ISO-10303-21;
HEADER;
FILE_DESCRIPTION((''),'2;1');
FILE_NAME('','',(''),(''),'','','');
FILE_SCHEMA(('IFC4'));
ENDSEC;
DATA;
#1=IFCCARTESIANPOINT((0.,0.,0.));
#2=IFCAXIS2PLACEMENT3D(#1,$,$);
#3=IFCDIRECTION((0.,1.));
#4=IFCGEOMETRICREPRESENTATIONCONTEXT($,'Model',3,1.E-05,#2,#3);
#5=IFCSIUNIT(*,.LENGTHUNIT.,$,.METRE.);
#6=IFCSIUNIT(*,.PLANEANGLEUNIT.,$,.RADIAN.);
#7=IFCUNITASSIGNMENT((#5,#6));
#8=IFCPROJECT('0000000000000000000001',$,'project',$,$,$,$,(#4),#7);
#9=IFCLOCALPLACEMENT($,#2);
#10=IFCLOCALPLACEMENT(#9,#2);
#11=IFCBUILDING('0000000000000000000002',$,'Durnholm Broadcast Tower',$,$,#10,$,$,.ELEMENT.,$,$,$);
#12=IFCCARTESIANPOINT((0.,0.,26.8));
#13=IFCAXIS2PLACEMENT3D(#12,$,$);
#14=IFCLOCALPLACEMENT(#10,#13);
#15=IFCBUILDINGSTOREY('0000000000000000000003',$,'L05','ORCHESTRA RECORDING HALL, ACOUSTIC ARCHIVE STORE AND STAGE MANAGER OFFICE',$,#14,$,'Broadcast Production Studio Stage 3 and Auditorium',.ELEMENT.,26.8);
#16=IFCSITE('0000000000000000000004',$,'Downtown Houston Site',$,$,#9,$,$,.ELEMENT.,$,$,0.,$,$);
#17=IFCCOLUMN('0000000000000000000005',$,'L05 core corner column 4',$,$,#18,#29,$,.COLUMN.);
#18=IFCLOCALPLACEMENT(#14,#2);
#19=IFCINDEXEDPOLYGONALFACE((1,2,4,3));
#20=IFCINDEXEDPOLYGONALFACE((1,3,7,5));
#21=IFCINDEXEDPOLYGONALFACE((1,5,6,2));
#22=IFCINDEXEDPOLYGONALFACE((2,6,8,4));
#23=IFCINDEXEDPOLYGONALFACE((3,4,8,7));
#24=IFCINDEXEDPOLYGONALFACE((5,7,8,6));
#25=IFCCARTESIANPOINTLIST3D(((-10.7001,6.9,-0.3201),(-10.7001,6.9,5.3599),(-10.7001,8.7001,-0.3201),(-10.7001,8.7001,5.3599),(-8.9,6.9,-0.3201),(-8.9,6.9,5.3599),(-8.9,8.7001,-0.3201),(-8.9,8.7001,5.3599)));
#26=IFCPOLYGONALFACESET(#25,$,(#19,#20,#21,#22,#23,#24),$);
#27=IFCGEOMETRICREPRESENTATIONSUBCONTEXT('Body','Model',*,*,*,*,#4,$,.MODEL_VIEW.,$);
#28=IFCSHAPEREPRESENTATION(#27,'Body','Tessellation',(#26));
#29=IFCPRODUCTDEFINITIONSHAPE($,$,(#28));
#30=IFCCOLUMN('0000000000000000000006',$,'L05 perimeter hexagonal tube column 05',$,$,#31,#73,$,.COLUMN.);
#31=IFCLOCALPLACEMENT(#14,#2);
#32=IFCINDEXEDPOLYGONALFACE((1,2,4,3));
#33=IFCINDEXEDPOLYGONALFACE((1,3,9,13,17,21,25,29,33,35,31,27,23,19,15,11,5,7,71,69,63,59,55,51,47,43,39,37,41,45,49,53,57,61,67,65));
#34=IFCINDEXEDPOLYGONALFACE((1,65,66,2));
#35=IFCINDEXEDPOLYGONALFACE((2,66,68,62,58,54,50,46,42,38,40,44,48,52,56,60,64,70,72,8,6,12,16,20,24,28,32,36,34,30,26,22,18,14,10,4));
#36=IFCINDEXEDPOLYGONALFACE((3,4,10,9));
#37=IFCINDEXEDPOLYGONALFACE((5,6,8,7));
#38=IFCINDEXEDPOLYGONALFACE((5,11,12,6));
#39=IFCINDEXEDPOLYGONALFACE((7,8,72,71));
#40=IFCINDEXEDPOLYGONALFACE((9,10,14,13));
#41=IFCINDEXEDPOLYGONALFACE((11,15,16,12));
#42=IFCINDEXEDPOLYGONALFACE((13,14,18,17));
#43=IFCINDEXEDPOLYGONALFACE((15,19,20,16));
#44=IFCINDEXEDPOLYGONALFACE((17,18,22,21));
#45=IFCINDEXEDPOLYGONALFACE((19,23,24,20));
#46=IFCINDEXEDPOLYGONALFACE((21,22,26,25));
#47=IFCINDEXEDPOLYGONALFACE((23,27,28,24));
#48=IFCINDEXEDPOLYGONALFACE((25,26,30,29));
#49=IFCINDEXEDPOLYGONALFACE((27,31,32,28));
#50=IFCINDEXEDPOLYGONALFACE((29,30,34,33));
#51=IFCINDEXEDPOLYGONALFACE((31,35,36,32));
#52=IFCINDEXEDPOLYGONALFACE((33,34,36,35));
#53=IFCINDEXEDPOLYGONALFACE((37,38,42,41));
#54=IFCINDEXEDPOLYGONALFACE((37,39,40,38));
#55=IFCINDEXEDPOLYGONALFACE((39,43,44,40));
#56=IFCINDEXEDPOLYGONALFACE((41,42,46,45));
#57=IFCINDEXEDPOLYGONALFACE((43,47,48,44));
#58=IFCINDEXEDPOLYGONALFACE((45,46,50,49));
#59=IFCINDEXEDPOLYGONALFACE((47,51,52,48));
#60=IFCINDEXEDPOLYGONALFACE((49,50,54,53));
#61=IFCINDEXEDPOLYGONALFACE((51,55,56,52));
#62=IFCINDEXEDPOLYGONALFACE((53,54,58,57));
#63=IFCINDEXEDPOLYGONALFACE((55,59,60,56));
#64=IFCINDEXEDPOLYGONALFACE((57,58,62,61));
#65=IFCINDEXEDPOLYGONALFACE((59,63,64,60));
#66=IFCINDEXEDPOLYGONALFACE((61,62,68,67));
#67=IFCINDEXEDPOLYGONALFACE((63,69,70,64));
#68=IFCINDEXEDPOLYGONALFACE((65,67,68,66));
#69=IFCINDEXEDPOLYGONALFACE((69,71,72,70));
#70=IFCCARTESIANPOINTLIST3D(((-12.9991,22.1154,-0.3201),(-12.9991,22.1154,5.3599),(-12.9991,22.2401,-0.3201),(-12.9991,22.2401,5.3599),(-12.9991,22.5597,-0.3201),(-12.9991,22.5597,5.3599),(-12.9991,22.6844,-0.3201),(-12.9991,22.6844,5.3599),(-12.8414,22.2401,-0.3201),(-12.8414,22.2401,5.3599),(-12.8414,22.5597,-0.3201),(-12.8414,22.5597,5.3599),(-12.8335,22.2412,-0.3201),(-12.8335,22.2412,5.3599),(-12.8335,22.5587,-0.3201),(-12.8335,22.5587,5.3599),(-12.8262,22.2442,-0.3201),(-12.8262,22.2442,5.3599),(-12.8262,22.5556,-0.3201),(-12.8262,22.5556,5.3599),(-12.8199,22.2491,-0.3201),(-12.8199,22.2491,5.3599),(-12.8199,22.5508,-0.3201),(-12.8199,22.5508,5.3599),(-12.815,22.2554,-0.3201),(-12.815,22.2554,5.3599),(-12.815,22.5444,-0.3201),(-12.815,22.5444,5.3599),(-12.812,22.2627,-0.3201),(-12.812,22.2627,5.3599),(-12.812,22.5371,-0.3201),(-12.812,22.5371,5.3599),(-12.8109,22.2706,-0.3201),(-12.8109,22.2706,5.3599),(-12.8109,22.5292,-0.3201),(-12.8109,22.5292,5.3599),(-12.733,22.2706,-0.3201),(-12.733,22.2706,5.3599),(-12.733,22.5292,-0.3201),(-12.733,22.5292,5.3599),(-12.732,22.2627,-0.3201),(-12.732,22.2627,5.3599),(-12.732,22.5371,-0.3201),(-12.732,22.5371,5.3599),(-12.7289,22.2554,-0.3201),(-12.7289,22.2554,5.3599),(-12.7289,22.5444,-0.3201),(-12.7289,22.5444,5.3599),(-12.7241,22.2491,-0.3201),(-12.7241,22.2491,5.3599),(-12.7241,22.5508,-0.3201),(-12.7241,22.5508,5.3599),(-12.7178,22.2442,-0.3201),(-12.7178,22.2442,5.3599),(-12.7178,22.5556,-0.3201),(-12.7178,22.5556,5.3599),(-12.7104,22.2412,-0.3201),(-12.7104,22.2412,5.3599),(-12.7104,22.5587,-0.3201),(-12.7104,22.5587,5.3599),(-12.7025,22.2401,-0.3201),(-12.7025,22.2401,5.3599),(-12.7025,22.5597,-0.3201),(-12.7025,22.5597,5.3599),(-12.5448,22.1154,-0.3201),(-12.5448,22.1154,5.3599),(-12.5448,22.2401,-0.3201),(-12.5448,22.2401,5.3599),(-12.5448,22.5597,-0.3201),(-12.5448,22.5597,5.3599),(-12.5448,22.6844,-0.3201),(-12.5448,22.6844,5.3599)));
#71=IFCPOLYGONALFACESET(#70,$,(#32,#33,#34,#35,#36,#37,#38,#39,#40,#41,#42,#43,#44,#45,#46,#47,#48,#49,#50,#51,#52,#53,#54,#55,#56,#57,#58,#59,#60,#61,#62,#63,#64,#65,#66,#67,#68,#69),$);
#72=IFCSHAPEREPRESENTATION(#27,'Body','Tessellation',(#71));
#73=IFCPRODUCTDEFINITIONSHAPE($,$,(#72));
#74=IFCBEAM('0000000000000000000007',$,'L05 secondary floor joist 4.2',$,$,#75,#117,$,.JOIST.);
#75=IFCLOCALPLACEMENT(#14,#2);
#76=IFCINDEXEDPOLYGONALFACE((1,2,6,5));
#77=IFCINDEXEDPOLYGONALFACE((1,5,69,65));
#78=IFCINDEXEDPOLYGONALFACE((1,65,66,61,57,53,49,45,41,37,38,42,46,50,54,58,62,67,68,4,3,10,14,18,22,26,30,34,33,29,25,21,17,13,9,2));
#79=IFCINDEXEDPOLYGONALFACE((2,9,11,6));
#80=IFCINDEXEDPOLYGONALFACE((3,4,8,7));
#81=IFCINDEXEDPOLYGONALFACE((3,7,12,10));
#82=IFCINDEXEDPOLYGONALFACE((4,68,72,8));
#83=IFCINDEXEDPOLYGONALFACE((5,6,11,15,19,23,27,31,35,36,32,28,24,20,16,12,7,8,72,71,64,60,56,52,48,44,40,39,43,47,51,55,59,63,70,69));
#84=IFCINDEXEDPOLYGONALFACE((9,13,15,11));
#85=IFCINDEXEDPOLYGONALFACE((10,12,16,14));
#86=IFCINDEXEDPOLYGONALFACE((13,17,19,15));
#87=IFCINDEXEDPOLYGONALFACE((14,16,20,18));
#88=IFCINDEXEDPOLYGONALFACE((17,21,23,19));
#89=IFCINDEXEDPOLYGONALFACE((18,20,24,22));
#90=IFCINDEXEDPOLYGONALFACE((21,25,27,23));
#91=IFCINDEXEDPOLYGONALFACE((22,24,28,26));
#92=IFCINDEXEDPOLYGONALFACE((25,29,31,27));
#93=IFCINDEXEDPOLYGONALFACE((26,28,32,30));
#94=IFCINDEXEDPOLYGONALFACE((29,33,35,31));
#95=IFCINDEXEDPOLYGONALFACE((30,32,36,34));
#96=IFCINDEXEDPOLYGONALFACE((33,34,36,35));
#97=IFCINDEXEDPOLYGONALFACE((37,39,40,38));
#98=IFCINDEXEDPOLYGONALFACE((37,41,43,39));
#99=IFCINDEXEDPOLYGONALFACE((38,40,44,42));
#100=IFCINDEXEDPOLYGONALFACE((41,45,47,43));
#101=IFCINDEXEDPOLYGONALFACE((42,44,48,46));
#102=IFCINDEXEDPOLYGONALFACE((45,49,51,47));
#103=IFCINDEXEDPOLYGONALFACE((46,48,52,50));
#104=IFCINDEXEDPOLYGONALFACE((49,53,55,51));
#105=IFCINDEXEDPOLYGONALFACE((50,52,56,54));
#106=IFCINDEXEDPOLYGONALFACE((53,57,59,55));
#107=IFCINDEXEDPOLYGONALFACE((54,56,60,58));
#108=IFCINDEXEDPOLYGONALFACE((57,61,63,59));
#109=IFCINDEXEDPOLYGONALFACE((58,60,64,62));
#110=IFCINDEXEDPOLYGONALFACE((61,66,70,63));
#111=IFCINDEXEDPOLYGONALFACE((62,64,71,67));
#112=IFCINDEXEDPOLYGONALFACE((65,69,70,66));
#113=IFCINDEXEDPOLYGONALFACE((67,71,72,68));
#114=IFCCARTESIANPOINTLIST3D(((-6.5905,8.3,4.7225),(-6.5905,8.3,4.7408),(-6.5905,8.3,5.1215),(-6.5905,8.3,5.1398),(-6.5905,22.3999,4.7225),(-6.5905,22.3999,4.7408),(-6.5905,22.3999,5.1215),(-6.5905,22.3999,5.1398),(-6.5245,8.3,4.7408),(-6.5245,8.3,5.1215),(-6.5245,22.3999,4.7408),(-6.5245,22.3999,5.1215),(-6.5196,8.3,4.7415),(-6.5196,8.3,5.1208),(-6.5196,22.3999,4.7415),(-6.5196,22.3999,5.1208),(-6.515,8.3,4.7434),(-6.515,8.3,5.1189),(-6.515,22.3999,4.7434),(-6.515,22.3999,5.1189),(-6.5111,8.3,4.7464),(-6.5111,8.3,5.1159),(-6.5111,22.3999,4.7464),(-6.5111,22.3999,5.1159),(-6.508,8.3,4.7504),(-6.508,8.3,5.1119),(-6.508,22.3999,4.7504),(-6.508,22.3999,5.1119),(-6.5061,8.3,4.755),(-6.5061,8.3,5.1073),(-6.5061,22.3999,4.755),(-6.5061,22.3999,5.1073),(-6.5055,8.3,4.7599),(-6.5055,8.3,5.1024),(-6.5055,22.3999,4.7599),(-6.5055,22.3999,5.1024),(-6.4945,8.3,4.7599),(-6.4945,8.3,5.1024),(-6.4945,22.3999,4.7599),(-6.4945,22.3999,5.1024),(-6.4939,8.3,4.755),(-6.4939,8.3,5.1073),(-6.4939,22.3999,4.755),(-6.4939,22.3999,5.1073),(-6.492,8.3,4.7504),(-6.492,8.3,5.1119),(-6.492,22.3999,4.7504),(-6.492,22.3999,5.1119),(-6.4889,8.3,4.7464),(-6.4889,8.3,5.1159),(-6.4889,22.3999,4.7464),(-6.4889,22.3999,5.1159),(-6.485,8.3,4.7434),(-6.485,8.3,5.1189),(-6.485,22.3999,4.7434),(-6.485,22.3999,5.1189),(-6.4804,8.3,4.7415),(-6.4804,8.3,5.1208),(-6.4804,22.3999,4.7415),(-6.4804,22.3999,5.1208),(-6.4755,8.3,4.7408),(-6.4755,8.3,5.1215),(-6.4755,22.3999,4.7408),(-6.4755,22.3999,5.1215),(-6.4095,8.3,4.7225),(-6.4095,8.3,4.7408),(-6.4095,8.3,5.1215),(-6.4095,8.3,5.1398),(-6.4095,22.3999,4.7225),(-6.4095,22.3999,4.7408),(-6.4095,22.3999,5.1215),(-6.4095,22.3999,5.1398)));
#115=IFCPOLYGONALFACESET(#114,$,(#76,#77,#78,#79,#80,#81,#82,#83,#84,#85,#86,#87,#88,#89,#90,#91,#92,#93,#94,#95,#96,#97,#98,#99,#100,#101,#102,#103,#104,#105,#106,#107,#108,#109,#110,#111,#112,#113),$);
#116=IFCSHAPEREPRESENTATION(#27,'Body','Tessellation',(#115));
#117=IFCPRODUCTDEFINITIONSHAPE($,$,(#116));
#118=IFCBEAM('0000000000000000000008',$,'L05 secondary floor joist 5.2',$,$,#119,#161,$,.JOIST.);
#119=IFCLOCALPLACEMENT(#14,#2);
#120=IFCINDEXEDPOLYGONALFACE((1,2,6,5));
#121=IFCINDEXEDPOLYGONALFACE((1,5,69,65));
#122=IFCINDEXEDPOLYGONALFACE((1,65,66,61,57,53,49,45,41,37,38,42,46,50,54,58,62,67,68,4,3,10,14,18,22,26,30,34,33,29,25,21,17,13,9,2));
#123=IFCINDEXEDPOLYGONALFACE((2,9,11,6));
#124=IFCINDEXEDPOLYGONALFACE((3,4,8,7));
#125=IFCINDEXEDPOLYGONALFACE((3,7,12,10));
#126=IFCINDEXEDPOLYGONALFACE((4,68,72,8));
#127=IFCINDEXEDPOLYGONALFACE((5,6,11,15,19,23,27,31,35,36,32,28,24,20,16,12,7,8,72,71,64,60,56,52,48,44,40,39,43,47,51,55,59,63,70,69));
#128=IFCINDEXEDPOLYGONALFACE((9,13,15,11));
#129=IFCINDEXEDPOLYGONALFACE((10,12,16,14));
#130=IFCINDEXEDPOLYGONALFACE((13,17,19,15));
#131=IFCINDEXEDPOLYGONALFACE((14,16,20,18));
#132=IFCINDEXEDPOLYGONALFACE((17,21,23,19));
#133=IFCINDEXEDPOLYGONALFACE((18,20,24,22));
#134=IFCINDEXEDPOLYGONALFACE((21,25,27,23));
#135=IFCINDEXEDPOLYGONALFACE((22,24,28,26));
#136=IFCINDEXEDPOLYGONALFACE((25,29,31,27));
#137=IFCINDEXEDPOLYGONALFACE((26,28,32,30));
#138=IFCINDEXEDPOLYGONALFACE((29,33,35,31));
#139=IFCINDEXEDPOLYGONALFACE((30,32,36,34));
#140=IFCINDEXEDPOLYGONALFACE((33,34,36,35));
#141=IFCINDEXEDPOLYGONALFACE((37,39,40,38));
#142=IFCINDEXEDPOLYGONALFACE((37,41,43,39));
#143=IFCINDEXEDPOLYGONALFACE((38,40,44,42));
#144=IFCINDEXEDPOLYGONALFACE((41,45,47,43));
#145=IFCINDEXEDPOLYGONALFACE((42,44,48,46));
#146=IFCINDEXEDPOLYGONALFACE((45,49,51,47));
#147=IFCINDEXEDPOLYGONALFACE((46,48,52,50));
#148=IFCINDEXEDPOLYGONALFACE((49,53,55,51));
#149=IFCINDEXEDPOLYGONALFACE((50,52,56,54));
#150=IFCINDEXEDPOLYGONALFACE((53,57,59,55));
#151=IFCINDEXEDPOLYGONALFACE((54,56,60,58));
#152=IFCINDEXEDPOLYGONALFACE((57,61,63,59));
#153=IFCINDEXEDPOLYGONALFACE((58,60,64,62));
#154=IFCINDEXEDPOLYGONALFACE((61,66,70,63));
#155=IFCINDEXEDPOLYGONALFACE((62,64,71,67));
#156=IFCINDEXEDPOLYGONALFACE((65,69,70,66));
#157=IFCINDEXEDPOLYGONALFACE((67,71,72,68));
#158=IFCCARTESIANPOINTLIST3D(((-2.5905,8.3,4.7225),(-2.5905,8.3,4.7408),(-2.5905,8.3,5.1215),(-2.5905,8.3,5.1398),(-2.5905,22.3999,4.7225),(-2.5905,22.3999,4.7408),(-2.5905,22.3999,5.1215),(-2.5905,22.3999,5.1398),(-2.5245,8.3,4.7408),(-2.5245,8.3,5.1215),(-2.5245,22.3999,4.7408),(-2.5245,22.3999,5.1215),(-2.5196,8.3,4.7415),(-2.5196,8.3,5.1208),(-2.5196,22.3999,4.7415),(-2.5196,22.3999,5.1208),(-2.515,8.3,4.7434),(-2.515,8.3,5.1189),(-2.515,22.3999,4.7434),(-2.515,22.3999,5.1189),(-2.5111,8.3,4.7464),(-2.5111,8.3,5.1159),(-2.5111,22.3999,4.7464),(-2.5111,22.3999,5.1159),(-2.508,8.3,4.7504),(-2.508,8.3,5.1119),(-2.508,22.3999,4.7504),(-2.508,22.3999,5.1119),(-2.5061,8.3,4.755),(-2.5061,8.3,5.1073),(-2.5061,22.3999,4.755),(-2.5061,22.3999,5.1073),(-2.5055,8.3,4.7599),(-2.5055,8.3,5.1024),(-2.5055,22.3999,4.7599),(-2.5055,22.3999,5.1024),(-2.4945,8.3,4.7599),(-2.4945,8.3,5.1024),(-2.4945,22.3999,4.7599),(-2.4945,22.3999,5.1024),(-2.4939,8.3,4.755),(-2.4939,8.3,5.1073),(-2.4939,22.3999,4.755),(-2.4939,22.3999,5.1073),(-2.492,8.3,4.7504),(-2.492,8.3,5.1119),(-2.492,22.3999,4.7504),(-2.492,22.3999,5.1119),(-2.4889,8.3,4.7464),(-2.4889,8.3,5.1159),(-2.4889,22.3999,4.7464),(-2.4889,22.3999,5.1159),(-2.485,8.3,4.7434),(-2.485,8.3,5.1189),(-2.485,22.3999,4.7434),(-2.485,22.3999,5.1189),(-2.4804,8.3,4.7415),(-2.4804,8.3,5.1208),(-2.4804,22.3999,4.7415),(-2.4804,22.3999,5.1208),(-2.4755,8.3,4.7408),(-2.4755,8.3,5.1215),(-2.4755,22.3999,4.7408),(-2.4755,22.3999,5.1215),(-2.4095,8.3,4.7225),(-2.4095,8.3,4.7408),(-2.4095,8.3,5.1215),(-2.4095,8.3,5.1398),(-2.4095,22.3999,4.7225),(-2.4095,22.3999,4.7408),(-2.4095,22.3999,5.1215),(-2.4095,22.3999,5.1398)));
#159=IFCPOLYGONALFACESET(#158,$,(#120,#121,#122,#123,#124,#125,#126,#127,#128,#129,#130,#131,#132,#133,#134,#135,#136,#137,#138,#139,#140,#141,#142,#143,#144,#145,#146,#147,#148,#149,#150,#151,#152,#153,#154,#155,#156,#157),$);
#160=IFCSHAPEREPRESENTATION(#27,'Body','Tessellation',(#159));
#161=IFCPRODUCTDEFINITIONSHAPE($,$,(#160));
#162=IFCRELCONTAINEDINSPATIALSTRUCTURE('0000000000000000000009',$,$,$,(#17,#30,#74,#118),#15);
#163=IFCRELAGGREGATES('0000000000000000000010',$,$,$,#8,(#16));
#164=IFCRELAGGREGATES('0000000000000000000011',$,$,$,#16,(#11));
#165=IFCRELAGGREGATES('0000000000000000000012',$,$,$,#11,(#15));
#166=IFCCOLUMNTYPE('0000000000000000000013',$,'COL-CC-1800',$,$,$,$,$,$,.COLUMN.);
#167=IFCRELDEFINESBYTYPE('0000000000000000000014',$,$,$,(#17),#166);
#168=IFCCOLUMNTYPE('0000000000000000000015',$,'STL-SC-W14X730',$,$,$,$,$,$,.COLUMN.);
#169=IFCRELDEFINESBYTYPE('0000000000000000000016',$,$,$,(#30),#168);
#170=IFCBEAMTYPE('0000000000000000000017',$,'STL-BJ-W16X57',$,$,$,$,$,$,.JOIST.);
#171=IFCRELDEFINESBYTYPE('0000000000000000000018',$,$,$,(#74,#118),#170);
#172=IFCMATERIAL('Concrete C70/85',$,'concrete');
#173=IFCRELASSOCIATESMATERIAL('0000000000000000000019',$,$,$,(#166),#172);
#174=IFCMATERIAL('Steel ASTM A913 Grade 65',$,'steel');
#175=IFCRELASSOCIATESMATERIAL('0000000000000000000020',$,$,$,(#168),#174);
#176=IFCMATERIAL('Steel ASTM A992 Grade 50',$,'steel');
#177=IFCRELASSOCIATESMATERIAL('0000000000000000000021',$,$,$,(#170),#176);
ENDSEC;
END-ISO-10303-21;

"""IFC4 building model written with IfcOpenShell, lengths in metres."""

from ifc_helpers import new_model, si_unit, direction, frame, origin, origin_2d, place, context, subcontext, project, spatial, rectangle, i_section, extrude, source, transform, mapped, material, material_profile, profile_set, type_object, type_shapes, element, save


model = new_model("IFC4")

# Units and contexts
model_context = context("Model", 3, precision=1e-05, world=origin(), true_north=direction((0.0, 1.0)))
body_context = subcontext(model_context, "Body", "Model", "MODEL_VIEW")
ifc_project = project(units=[si_unit("LENGTHUNIT", "METRE"), si_unit("PLANEANGLEUNIT", "RADIAN")], contexts=[model_context])

# Site, building, storey
site_placement = place(None, origin())
site = spatial("IfcSite", under=ifc_project, at=site_placement, Name="Downtown Houston Site", CompositionType="ELEMENT", RefElevation=0.0)
building_placement = place(site_placement, origin())
building = spatial("IfcBuilding", under=site, at=building_placement, Name="Durnholm Broadcast Tower", CompositionType="ELEMENT")
storey_placement = place(building_placement, frame((0.0, 0.0, 26.8)))
storey = spatial("IfcBuildingStorey", under=building, at=storey_placement, Name="L05", Description="ORCHESTRA RECORDING HALL, ACOUSTIC ARCHIVE STORE AND STAGE MANAGER OFFICE", LongName="Broadcast Production Studio Stage 3 and Auditorium", CompositionType="ELEMENT", Elevation=26.8)

# Columns
ifc_material_1 = material(Name="Concrete C70/85", Category="concrete")
ifc_material_profile_1 = material_profile(ifc_material_1, rectangle(XDim=1.8, YDim=1.8, at=origin_2d()), Name="RC1800X1800")
ifc_profile_set_1 = profile_set([ifc_material_profile_1], Name="Concrete C70/85")
column_type_1 = type_object("IfcColumnType", Name="COL-CC-1800", PredefinedType="COLUMN", material=ifc_profile_set_1)
shared_shape_1 = source(origin(), body_context, "Body", "SweptSolid", [
    extrude(rectangle(XDim=1.8, YDim=1.8, at=origin_2d()), origin(), (0.0, 0.0, 1.0), 5.6799),
])
type_shapes(column_type_1, [shared_shape_1])
column_1_placement = place(storey_placement, frame((-9.8, 7.8, -0.3201), z_axis=(0.0, 0.0, 1.0), x_axis=(1.0, 0.0, 0.0)))
element("IfcColumn", 1, at=column_1_placement, inside=storey, type_object=column_type_1, Name="L05 core corner column 4", PredefinedType="COLUMN", context=body_context, shape_type="MappedRepresentation", body=[
    mapped(shared_shape_1, transform((0.0, 0.0, 0.0), x_axis=(1.0, 0.0, 0.0), y_axis=(0.0, 1.0, 0.0), z_axis=(0.0, 0.0, 1.0), scale=1.0)),
])
ifc_material_2 = material(Name="Steel ASTM A913 Grade 65", Category="steel")
ifc_material_profile_2 = material_profile(ifc_material_2, i_section(OverallWidth=0.4543, OverallDepth=0.5691, WebThickness=0.0779, FlangeThickness=0.1248, FilletRadius=0.0305, at=origin_2d()), Name="W14X730")
ifc_profile_set_2 = profile_set([ifc_material_profile_2], Name="Steel ASTM A913 Grade 65")
column_type_2 = type_object("IfcColumnType", Name="STL-SC-W14X730", PredefinedType="COLUMN", material=ifc_profile_set_2)
shared_shape_2 = source(origin(), body_context, "Body", "SweptSolid", [
    extrude(i_section(OverallWidth=0.4543, OverallDepth=0.5691, WebThickness=0.0779, FlangeThickness=0.1248, FilletRadius=0.0305, at=origin_2d()), origin(), (0.0, 0.0, 1.0), 5.6799),
])
type_shapes(column_type_2, [shared_shape_2])
column_2_placement = place(storey_placement, frame((-12.772, 22.3999, -0.3201), z_axis=(0.0, 0.0, 1.0), x_axis=(1.0, 0.0, 0.0)))
element("IfcColumn", 2, at=column_2_placement, inside=storey, type_object=column_type_2, Name="L05 perimeter hexagonal tube column 05", PredefinedType="COLUMN", context=body_context, shape_type="MappedRepresentation", body=[
    mapped(shared_shape_2, transform((0.0, 0.0, 0.0), x_axis=(1.0, 0.0, 0.0), y_axis=(0.0, 1.0, 0.0), z_axis=(0.0, 0.0, 1.0), scale=1.0)),
])

# Beams
ifc_material_3 = material(Name="Steel ASTM A992 Grade 50", Category="steel")
ifc_material_profile_3 = material_profile(ifc_material_3, i_section(OverallWidth=0.1809, OverallDepth=0.4172, WebThickness=0.011, FlangeThickness=0.0183, FilletRadius=0.019, at=origin_2d()), Name="W16X57")
ifc_profile_set_3 = profile_set([ifc_material_profile_3], Name="Steel ASTM A992 Grade 50")
beam_type_1 = type_object("IfcBeamType", Name="STL-BJ-W16X57", PredefinedType="JOIST", material=ifc_profile_set_3)
shared_shape_3 = source(origin(), body_context, "Body", "SweptSolid", [
    extrude(i_section(OverallWidth=0.1809, OverallDepth=0.4172, WebThickness=0.011, FlangeThickness=0.0183, FilletRadius=0.019, at=origin_2d()), origin(), (0.0, 0.0, 1.0), 14.0999),
])
type_shapes(beam_type_1, [shared_shape_3])
for number, where, z_axis, x_axis, name in (
    (3, (-6.5, 8.3, 4.9312), (0.0, 1.0, 0.0), (-1.0, 0.0, 0.0), "L05 secondary floor joist 4.2"),
    (4, (-2.5, 8.3, 4.9312), (0.0, 1.0, 0.0), (-1.0, 0.0, 0.0), "L05 secondary floor joist 5.2"),
):
    element("IfcBeam", number, at=place(storey_placement, frame(where, z_axis=z_axis, x_axis=x_axis)), inside=storey, type_object=beam_type_1, Name=name, PredefinedType="JOIST", context=body_context, shape_type="MappedRepresentation", body=[
        mapped(shared_shape_3, transform((0.0, 0.0, 0.0), x_axis=(1.0, 0.0, 0.0), y_axis=(0.0, 1.0, 0.0), z_axis=(0.0, 0.0, 1.0), scale=1.0)),
    ])

save(model, "model.ifc")
